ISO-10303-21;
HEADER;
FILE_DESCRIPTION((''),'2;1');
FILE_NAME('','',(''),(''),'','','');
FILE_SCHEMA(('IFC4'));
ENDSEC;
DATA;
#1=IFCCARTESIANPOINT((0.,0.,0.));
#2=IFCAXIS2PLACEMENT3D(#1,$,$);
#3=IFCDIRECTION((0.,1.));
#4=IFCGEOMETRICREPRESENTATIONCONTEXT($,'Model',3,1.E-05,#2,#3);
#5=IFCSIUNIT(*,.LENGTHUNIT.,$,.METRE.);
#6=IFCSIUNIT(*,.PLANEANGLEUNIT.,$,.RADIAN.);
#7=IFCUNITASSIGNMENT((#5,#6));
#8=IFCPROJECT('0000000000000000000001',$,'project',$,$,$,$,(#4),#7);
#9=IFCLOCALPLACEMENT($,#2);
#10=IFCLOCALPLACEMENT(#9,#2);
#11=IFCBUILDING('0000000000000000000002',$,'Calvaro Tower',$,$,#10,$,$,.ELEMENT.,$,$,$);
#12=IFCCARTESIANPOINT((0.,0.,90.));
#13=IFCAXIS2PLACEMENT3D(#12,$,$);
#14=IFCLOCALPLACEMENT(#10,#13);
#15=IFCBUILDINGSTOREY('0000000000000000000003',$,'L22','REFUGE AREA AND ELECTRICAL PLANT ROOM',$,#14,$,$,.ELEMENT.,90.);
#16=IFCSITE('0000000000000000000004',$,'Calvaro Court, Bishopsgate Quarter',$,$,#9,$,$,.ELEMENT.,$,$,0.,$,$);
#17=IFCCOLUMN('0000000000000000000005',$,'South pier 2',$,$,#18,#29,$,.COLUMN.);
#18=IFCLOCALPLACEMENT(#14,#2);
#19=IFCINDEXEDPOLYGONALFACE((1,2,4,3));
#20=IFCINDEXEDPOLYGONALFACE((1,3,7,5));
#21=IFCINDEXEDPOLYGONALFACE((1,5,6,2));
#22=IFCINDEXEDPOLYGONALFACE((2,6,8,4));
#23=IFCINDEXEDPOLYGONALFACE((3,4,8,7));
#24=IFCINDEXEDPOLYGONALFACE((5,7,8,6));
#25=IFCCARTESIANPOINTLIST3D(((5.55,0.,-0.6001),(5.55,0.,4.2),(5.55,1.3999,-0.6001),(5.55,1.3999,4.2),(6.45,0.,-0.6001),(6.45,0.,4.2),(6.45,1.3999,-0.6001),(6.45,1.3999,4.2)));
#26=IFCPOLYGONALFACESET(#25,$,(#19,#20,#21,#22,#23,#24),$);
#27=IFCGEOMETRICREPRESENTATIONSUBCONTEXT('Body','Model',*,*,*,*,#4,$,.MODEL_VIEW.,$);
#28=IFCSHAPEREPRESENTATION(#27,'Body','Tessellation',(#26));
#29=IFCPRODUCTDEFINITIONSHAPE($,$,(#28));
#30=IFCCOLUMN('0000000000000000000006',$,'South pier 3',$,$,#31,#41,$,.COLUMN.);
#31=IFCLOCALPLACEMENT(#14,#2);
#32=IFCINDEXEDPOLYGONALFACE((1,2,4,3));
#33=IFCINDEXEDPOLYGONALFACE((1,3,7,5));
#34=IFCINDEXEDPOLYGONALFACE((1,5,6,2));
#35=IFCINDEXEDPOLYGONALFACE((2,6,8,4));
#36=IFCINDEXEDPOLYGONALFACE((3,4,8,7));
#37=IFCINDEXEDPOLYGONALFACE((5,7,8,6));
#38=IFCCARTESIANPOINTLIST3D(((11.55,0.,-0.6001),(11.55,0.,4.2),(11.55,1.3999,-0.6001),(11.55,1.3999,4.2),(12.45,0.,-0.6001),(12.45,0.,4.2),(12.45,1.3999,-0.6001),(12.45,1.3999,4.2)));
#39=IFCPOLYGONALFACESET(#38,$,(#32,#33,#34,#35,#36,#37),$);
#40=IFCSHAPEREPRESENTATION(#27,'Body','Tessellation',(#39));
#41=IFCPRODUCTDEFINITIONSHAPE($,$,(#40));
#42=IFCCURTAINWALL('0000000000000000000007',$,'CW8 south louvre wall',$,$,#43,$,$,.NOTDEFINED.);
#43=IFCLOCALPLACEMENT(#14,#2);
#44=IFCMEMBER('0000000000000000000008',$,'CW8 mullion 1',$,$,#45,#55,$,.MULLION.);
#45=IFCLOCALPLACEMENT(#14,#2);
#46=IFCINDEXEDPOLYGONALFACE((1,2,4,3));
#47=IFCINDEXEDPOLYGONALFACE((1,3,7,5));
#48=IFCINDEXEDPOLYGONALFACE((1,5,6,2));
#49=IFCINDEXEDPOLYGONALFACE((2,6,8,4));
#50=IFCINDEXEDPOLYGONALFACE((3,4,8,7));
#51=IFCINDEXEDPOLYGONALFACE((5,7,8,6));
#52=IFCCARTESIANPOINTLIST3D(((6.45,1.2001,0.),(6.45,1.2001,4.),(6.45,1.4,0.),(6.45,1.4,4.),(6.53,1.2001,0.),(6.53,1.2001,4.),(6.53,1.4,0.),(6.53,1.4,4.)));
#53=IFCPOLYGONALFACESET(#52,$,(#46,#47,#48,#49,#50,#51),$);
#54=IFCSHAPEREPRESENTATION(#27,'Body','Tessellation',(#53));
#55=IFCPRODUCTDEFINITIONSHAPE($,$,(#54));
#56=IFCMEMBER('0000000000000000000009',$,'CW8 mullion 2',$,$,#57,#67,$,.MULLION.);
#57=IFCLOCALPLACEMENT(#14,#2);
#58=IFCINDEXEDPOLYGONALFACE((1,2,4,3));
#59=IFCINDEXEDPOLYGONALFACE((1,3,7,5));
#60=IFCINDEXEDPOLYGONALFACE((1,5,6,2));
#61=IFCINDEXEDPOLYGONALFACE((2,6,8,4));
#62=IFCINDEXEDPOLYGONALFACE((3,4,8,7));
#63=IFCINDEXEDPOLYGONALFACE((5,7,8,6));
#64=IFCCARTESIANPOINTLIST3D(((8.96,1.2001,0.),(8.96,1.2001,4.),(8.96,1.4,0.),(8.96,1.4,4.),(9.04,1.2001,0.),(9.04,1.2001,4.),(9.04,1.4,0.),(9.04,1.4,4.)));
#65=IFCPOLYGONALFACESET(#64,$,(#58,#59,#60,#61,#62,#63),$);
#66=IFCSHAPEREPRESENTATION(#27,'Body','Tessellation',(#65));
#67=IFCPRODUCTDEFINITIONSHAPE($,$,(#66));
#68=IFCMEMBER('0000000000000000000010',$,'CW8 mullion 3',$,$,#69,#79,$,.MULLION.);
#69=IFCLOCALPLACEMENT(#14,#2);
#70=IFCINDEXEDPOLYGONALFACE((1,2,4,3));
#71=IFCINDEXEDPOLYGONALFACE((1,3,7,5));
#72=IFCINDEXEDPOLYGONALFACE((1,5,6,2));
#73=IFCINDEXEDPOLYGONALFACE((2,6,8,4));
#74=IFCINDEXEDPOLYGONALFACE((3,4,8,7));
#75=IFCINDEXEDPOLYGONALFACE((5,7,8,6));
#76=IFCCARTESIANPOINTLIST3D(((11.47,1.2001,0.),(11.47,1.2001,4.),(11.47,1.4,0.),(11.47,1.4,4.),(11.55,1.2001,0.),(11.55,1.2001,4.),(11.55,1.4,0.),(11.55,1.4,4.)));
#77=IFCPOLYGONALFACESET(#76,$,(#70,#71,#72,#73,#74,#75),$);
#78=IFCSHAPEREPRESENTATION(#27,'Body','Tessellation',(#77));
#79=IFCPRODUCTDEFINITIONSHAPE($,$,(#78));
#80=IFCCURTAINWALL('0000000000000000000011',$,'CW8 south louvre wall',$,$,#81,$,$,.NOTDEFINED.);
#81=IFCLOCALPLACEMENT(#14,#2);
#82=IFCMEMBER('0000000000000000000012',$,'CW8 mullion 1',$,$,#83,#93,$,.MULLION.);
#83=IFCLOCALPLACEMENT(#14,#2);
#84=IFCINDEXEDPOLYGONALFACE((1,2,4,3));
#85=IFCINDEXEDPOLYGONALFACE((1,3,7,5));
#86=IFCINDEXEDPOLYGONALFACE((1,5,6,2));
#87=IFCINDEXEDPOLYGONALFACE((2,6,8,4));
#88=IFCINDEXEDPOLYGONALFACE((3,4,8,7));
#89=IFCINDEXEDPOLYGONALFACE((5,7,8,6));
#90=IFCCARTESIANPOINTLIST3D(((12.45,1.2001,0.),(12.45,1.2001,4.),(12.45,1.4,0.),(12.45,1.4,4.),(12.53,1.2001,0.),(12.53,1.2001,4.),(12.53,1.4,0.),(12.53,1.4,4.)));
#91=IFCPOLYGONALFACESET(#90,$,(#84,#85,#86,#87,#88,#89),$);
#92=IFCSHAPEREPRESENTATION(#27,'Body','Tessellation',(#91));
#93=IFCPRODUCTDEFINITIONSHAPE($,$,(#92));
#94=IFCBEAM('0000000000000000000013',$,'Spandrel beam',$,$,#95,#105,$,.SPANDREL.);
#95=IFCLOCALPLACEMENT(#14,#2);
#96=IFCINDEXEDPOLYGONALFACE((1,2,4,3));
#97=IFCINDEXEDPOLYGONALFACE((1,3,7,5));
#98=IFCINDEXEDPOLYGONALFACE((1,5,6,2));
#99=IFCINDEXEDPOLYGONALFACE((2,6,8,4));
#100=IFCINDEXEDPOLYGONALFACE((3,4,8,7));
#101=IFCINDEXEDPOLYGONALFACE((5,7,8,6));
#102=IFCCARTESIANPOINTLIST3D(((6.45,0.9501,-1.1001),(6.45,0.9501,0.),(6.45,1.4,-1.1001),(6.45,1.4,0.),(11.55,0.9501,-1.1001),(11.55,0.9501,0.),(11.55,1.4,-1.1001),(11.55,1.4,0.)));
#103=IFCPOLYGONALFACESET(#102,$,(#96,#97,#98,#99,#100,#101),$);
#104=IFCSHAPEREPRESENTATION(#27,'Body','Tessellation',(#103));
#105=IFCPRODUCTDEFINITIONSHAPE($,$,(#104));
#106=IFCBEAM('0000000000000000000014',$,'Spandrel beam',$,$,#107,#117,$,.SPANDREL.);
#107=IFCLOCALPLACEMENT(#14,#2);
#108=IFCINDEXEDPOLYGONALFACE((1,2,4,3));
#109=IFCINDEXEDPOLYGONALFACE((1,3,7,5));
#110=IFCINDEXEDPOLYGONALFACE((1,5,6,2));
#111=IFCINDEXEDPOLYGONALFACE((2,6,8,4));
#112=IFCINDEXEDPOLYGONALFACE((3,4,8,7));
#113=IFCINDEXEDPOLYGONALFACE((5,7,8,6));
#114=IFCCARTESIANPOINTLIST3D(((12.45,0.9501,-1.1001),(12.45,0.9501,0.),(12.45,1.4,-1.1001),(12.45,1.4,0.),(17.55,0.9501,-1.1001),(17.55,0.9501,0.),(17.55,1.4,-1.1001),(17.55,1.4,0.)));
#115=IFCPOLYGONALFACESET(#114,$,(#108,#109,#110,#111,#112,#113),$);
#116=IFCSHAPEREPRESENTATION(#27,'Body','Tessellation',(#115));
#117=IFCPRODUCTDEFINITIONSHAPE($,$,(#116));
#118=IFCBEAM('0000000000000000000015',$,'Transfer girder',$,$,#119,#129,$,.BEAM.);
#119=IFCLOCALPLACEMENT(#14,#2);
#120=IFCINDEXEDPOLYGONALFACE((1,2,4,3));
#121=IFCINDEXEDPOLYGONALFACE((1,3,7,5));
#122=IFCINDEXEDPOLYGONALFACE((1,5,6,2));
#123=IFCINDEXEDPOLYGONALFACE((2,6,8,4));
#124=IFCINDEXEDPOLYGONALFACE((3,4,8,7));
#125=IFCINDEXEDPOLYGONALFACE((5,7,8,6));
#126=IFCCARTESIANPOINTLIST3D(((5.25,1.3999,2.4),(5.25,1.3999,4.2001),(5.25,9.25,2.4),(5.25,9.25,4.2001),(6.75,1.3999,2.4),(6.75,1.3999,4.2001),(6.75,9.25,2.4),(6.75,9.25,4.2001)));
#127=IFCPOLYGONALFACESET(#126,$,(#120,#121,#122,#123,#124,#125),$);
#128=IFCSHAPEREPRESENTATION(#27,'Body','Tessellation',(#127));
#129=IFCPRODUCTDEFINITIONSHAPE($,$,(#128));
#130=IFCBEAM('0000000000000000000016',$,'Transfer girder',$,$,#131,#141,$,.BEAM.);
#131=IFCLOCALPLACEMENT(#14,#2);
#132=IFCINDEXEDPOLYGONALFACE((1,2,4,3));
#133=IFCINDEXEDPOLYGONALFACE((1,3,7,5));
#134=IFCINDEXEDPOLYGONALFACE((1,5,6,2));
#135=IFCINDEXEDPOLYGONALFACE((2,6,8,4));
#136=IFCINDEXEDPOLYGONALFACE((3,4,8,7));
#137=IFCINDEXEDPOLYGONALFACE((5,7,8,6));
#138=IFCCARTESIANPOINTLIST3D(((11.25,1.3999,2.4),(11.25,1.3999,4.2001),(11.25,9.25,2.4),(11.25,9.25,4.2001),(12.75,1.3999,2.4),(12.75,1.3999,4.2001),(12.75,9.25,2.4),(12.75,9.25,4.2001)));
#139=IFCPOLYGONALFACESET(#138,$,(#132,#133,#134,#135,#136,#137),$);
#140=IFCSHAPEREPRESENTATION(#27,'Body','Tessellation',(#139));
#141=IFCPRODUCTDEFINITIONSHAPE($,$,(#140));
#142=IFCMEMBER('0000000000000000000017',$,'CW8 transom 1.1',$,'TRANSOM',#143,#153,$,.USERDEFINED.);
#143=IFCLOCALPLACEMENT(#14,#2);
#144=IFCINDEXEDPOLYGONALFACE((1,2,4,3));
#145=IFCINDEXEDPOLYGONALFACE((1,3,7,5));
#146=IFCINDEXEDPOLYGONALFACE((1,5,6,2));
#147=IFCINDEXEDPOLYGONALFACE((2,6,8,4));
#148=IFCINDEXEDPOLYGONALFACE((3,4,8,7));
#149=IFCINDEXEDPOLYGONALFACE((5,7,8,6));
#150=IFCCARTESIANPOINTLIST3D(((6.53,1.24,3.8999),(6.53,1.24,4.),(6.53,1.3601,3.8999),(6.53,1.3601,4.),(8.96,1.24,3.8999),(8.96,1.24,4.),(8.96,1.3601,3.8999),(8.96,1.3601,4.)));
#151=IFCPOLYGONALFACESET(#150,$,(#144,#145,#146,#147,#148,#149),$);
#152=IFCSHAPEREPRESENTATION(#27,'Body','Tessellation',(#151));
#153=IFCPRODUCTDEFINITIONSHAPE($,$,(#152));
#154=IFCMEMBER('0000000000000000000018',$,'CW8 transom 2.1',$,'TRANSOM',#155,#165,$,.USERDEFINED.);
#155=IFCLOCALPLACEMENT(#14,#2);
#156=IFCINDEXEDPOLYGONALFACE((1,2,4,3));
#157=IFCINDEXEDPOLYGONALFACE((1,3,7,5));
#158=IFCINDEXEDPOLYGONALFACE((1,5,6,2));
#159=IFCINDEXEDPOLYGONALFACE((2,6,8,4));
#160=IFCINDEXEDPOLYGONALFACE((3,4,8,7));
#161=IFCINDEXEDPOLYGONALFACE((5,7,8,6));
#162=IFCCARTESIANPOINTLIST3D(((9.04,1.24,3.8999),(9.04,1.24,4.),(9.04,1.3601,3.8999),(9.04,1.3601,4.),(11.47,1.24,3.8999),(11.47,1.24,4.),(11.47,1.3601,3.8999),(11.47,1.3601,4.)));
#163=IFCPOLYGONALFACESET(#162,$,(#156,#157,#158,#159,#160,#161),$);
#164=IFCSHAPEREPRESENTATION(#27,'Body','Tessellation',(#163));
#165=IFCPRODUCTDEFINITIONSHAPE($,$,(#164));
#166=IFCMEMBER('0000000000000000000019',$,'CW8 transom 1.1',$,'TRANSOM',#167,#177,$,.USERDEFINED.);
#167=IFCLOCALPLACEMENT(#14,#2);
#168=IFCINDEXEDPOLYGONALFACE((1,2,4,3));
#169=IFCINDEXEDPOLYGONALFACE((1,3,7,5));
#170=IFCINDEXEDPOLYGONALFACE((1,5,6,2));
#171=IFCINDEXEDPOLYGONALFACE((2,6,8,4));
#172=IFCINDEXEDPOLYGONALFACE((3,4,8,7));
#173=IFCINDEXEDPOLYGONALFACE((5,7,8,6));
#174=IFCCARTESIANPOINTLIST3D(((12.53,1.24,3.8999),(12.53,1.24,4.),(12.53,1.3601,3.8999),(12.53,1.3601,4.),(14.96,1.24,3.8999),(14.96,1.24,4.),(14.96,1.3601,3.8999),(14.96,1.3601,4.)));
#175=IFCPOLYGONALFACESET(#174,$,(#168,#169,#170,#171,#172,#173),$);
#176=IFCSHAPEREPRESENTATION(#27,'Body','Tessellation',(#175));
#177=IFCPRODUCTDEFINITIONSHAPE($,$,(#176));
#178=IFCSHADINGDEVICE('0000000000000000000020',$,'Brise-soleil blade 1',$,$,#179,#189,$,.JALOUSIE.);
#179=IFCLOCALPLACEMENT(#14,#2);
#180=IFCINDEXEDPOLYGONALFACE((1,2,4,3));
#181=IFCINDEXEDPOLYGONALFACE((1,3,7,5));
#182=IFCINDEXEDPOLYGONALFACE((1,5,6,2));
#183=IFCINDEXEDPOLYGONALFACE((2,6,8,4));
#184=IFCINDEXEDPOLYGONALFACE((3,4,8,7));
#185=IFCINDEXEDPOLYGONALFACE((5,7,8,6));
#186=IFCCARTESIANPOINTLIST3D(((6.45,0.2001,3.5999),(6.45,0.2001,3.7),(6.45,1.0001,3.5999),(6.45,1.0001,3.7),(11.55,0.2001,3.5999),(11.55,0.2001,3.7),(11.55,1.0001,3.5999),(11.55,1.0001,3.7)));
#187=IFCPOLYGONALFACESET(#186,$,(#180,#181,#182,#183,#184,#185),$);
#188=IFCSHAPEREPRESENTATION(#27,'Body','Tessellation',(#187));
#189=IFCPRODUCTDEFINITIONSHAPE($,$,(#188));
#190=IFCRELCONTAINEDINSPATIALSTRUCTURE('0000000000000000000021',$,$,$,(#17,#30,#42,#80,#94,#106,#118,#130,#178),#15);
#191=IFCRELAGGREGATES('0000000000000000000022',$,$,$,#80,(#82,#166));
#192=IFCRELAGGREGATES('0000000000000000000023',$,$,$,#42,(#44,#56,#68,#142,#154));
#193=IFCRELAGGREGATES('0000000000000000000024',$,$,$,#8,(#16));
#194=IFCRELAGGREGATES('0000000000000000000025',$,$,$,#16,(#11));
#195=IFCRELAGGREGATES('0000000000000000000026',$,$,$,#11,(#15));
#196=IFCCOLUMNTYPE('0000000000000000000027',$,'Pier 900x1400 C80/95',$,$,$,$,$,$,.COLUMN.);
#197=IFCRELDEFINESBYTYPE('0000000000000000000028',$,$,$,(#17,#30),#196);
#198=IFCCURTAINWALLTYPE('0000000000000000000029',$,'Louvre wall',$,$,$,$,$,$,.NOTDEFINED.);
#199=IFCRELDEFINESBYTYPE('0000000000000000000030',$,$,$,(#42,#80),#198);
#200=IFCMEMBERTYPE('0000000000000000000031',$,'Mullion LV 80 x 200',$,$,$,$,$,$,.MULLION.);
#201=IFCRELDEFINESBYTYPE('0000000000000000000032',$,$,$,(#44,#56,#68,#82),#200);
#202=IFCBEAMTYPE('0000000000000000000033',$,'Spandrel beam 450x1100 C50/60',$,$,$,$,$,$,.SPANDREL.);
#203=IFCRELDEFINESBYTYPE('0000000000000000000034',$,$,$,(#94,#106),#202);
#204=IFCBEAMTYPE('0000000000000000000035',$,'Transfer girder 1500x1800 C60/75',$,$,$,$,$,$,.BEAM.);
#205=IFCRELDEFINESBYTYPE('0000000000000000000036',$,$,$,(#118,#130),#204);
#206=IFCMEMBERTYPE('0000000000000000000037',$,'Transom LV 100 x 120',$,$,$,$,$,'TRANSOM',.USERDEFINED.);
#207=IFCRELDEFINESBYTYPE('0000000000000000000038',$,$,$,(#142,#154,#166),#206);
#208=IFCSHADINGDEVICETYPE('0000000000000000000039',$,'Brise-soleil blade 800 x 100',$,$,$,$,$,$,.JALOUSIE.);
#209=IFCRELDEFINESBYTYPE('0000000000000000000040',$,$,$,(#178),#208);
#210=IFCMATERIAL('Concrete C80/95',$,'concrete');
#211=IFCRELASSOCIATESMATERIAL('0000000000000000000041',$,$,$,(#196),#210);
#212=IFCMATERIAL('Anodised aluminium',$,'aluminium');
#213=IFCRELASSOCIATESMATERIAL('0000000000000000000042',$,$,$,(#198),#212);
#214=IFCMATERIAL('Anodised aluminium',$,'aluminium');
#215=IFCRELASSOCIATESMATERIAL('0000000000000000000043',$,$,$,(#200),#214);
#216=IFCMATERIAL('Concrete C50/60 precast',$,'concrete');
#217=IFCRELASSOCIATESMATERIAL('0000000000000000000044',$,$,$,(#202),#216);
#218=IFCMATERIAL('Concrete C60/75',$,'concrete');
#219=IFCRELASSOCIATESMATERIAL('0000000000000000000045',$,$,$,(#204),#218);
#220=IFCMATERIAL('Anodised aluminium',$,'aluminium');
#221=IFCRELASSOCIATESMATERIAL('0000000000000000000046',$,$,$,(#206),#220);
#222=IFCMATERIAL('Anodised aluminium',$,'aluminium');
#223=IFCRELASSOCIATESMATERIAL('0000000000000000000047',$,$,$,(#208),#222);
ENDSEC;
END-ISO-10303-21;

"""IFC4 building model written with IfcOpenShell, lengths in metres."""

from ifc_helpers import new_model, si_unit, direction, frame, origin, origin_2d, place, context, subcontext, project, spatial, rectangle, extrude, material, material_profile, profile_set, type_object, element, aggregate, save


model = new_model("IFC4")

# Units and contexts
model_context = context("Model", 3, precision=1e-05, world=origin(), true_north=direction((0.0, 1.0)))
body_context = subcontext(model_context, "Body", "Model", "MODEL_VIEW")
ifc_project = project(units=[si_unit("LENGTHUNIT", "METRE"), si_unit("PLANEANGLEUNIT", "RADIAN")], contexts=[model_context])

# Site, building, storey
site_placement = place(None, origin())
site = spatial("IfcSite", under=ifc_project, at=site_placement, Name="Calvaro Court, Bishopsgate Quarter", CompositionType="ELEMENT", RefElevation=0.0)
building_placement = place(site_placement, origin())
building = spatial("IfcBuilding", under=site, at=building_placement, Name="Calvaro Tower", CompositionType="ELEMENT")
storey_placement = place(building_placement, frame((0.0, 0.0, 90.0)))
storey = spatial("IfcBuildingStorey", under=building, at=storey_placement, Name="L22", Description="REFUGE AREA AND ELECTRICAL PLANT ROOM", CompositionType="ELEMENT", Elevation=90.0)

# Columns
ifc_material_1 = material(Name="Concrete C80/95", Category="concrete")
ifc_material_profile_1 = material_profile(ifc_material_1, rectangle(XDim=0.8999, YDim=1.3999, at=origin_2d()), Name="RC 900x1400")
ifc_profile_set_1 = profile_set([ifc_material_profile_1], Name="Concrete C80/95")
column_type = type_object("IfcColumnType", Name="Pier 900x1400 C80/95", PredefinedType="COLUMN", material=ifc_profile_set_1)
for number, where, z_axis, x_axis, name in (
    (1, (6.0, 0.7, -0.6001), (0.0, 0.0, 1.0), (1.0, 0.0, 0.0), "South pier 2"),
    (2, (12.0, 0.7, -0.6001), (0.0, 0.0, 1.0), (1.0, 0.0, 0.0), "South pier 3"),
):
    element("IfcColumn", number, at=place(storey_placement, frame(where, z_axis=z_axis, x_axis=x_axis)), inside=storey, type_object=column_type, Name=name, PredefinedType="COLUMN", context=body_context, shape_type="SweptSolid", body=[
        extrude(rectangle(XDim=0.8999, YDim=1.3999, at=origin_2d()), origin(), (0.0, 0.0, 1.0), 4.8),
    ])

# Curtain wall, members
ifc_material_2 = material(Name="Anodised aluminium", Category="aluminium")
curtain_wall_type = type_object("IfcCurtainWallType", Name="Louvre wall", PredefinedType="NOTDEFINED", material=ifc_material_2)
curtain_wall_1_placement = place(storey_placement, origin())
curtain_wall_1 = element("IfcCurtainWall", 3, at=curtain_wall_1_placement, inside=storey, type_object=curtain_wall_type, Name="CW8 south louvre wall", PredefinedType="NOTDEFINED")
ifc_material_3 = material(Name="Anodised aluminium", Category="aluminium")
ifc_material_profile_2 = material_profile(ifc_material_3, rectangle(XDim=0.2, YDim=0.0801, at=origin_2d()), Name="Mullion LV 80 x 200")
ifc_profile_set_2 = profile_set([ifc_material_profile_2], Name="Anodised aluminium")
member_type_1 = type_object("IfcMemberType", Name="Mullion LV 80 x 200", PredefinedType="MULLION", material=ifc_profile_set_2)
member_1_placement = place(storey_placement, frame((6.49, 1.3, 0.0), z_axis=(0.0, 0.0, 1.0), x_axis=(0.0, 1.0, 0.0)))
member_1 = element("IfcMember", 4, at=member_1_placement, type_object=member_type_1, Name="CW8 mullion 1", PredefinedType="MULLION", context=body_context, shape_type="SweptSolid", body=[
    extrude(rectangle(XDim=0.2, YDim=0.0801, at=origin_2d()), origin(), (0.0, 0.0, 1.0), 4.0),
])
member_2_placement = place(storey_placement, frame((9.0, 1.3, 0.0), z_axis=(0.0, 0.0, 1.0), x_axis=(0.0, 1.0, 0.0)))
member_2 = element("IfcMember", 5, at=member_2_placement, type_object=member_type_1, Name="CW8 mullion 2", PredefinedType="MULLION", context=body_context, shape_type="SweptSolid", body=[
    extrude(rectangle(XDim=0.2, YDim=0.0801, at=origin_2d()), origin(), (0.0, 0.0, 1.0), 4.0),
])
member_3_placement = place(storey_placement, frame((11.51, 1.3, 0.0), z_axis=(0.0, 0.0, 1.0), x_axis=(0.0, 1.0, 0.0)))
member_3 = element("IfcMember", 6, at=member_3_placement, type_object=member_type_1, Name="CW8 mullion 3", PredefinedType="MULLION", context=body_context, shape_type="SweptSolid", body=[
    extrude(rectangle(XDim=0.2, YDim=0.0801, at=origin_2d()), origin(), (0.0, 0.0, 1.0), 4.0),
])

# Curtain wall, member
curtain_wall_2_placement = place(storey_placement, origin())
curtain_wall_2 = element("IfcCurtainWall", 7, at=curtain_wall_2_placement, inside=storey, type_object=curtain_wall_type, Name="CW8 south louvre wall", PredefinedType="NOTDEFINED")
member_4_placement = place(storey_placement, frame((12.49, 1.3, 0.0), z_axis=(0.0, 0.0, 1.0), x_axis=(0.0, 1.0, 0.0)))
member_4 = element("IfcMember", 8, at=member_4_placement, type_object=member_type_1, Name="CW8 mullion 1", PredefinedType="MULLION", context=body_context, shape_type="SweptSolid", body=[
    extrude(rectangle(XDim=0.2, YDim=0.0801, at=origin_2d()), origin(), (0.0, 0.0, 1.0), 4.0),
])

# Beams
ifc_material_4 = material(Name="Concrete C50/60 precast", Category="concrete")
ifc_material_profile_3 = material_profile(ifc_material_4, rectangle(XDim=0.45, YDim=1.1001, at=origin_2d()), Name="RC 450x1100")
ifc_profile_set_3 = profile_set([ifc_material_profile_3], Name="Concrete C50/60 precast")
beam_type_1 = type_object("IfcBeamType", Name="Spandrel beam 450x1100 C50/60", PredefinedType="SPANDREL", material=ifc_profile_set_3)
for number, where, z_axis, x_axis, name in (
    (9, (6.45, 1.175, -0.55), (1.0, 0.0, 0.0), (0.0, 1.0, 0.0), "Spandrel beam"),
    (10, (12.45, 1.175, -0.55), (1.0, 0.0, 0.0), (0.0, 1.0, 0.0), "Spandrel beam"),
):
    element("IfcBeam", number, at=place(storey_placement, frame(where, z_axis=z_axis, x_axis=x_axis)), inside=storey, type_object=beam_type_1, Name=name, PredefinedType="SPANDREL", context=body_context, shape_type="SweptSolid", body=[
        extrude(rectangle(XDim=0.45, YDim=1.1001, at=origin_2d()), origin(), (0.0, 0.0, 1.0), 5.1001),
    ])
ifc_material_5 = material(Name="Concrete C60/75", Category="concrete")
ifc_material_profile_4 = material_profile(ifc_material_5, rectangle(XDim=1.5, YDim=1.8, at=origin_2d()), Name="RC 1500x1800")
ifc_profile_set_4 = profile_set([ifc_material_profile_4], Name="Concrete C60/75")
beam_type_2 = type_object("IfcBeamType", Name="Transfer girder 1500x1800 C60/75", PredefinedType="BEAM", material=ifc_profile_set_4)
for number, where, z_axis, x_axis, name in (
    (11, (6.0, 1.3999, 3.3), (0.0, 1.0, 0.0), (-1.0, 0.0, 0.0), "Transfer girder"),
    (12, (12.0, 1.3999, 3.3), (0.0, 1.0, 0.0), (-1.0, 0.0, 0.0), "Transfer girder"),
):
    element("IfcBeam", number, at=place(storey_placement, frame(where, z_axis=z_axis, x_axis=x_axis)), inside=storey, type_object=beam_type_2, Name=name, PredefinedType="BEAM", context=body_context, shape_type="SweptSolid", body=[
        extrude(rectangle(XDim=1.5, YDim=1.8, at=origin_2d()), origin(), (0.0, 0.0, 1.0), 7.8501),
    ])

# Members
ifc_material_6 = material(Name="Anodised aluminium", Category="aluminium")
ifc_material_profile_5 = material_profile(ifc_material_6, rectangle(XDim=0.1201, YDim=0.1001, at=origin_2d()), Name="Transom LV 100 x 120")
ifc_profile_set_5 = profile_set([ifc_material_profile_5], Name="Anodised aluminium")
member_type_2 = type_object("IfcMemberType", Name="Transom LV 100 x 120", ElementType="TRANSOM", PredefinedType="USERDEFINED", material=ifc_profile_set_5)
member_5_placement = place(storey_placement, frame((6.53, 1.3, 3.95), z_axis=(1.0, 0.0, 0.0), x_axis=(0.0, 1.0, 0.0)))
member_5 = element("IfcMember", 13, at=member_5_placement, type_object=member_type_2, Name="CW8 transom 1.1", ObjectType="TRANSOM", PredefinedType="USERDEFINED", context=body_context, shape_type="SweptSolid", body=[
    extrude(rectangle(XDim=0.1201, YDim=0.1001, at=origin_2d()), origin(), (0.0, 0.0, 1.0), 2.4299),
])
member_6_placement = place(storey_placement, frame((9.04, 1.3, 3.95), z_axis=(1.0, 0.0, 0.0), x_axis=(0.0, 1.0, 0.0)))
member_6 = element("IfcMember", 14, at=member_6_placement, type_object=member_type_2, Name="CW8 transom 2.1", ObjectType="TRANSOM", PredefinedType="USERDEFINED", context=body_context, shape_type="SweptSolid", body=[
    extrude(rectangle(XDim=0.1201, YDim=0.1001, at=origin_2d()), origin(), (0.0, 0.0, 1.0), 2.4299),
])
member_7_placement = place(storey_placement, frame((12.53, 1.3, 3.95), z_axis=(1.0, 0.0, 0.0), x_axis=(0.0, 1.0, 0.0)))
member_7 = element("IfcMember", 15, at=member_7_placement, type_object=member_type_2, Name="CW8 transom 1.1", ObjectType="TRANSOM", PredefinedType="USERDEFINED", context=body_context, shape_type="SweptSolid", body=[
    extrude(rectangle(XDim=0.1201, YDim=0.1001, at=origin_2d()), origin(), (0.0, 0.0, 1.0), 2.4299),
])
aggregate(curtain_wall_2, [member_4, member_7])

# Shading device
ifc_material_7 = material(Name="Anodised aluminium", Category="aluminium")
ifc_material_profile_6 = material_profile(ifc_material_7, rectangle(XDim=0.8, YDim=0.1001, at=origin_2d()), Name="Brise-soleil blade 800 x 100")
ifc_profile_set_6 = profile_set([ifc_material_profile_6], Name="Anodised aluminium")
shading_device_type_1 = type_object("IfcShadingDeviceType", Name="Brise-soleil blade 800 x 100", PredefinedType="JALOUSIE", material=ifc_profile_set_6)
for number, where, z_axis, x_axis, name in (
    (16, (6.45, 0.6001, 3.6499), (1.0, 0.0, 0.0), (0.0, 1.0, 0.0), "Brise-soleil blade 1"),
):
    element("IfcShadingDevice", number, at=place(storey_placement, frame(where, z_axis=z_axis, x_axis=x_axis)), inside=storey, type_object=shading_device_type_1, Name=name, PredefinedType="JALOUSIE", context=body_context, shape_type="SweptSolid", body=[
        extrude(rectangle(XDim=0.8, YDim=0.1001, at=origin_2d()), origin(), (0.0, 0.0, 1.0), 5.1001),
    ])

aggregate(curtain_wall_1, [member_1, member_2, member_3, member_5, member_6])

save(model, "model.ifc")
